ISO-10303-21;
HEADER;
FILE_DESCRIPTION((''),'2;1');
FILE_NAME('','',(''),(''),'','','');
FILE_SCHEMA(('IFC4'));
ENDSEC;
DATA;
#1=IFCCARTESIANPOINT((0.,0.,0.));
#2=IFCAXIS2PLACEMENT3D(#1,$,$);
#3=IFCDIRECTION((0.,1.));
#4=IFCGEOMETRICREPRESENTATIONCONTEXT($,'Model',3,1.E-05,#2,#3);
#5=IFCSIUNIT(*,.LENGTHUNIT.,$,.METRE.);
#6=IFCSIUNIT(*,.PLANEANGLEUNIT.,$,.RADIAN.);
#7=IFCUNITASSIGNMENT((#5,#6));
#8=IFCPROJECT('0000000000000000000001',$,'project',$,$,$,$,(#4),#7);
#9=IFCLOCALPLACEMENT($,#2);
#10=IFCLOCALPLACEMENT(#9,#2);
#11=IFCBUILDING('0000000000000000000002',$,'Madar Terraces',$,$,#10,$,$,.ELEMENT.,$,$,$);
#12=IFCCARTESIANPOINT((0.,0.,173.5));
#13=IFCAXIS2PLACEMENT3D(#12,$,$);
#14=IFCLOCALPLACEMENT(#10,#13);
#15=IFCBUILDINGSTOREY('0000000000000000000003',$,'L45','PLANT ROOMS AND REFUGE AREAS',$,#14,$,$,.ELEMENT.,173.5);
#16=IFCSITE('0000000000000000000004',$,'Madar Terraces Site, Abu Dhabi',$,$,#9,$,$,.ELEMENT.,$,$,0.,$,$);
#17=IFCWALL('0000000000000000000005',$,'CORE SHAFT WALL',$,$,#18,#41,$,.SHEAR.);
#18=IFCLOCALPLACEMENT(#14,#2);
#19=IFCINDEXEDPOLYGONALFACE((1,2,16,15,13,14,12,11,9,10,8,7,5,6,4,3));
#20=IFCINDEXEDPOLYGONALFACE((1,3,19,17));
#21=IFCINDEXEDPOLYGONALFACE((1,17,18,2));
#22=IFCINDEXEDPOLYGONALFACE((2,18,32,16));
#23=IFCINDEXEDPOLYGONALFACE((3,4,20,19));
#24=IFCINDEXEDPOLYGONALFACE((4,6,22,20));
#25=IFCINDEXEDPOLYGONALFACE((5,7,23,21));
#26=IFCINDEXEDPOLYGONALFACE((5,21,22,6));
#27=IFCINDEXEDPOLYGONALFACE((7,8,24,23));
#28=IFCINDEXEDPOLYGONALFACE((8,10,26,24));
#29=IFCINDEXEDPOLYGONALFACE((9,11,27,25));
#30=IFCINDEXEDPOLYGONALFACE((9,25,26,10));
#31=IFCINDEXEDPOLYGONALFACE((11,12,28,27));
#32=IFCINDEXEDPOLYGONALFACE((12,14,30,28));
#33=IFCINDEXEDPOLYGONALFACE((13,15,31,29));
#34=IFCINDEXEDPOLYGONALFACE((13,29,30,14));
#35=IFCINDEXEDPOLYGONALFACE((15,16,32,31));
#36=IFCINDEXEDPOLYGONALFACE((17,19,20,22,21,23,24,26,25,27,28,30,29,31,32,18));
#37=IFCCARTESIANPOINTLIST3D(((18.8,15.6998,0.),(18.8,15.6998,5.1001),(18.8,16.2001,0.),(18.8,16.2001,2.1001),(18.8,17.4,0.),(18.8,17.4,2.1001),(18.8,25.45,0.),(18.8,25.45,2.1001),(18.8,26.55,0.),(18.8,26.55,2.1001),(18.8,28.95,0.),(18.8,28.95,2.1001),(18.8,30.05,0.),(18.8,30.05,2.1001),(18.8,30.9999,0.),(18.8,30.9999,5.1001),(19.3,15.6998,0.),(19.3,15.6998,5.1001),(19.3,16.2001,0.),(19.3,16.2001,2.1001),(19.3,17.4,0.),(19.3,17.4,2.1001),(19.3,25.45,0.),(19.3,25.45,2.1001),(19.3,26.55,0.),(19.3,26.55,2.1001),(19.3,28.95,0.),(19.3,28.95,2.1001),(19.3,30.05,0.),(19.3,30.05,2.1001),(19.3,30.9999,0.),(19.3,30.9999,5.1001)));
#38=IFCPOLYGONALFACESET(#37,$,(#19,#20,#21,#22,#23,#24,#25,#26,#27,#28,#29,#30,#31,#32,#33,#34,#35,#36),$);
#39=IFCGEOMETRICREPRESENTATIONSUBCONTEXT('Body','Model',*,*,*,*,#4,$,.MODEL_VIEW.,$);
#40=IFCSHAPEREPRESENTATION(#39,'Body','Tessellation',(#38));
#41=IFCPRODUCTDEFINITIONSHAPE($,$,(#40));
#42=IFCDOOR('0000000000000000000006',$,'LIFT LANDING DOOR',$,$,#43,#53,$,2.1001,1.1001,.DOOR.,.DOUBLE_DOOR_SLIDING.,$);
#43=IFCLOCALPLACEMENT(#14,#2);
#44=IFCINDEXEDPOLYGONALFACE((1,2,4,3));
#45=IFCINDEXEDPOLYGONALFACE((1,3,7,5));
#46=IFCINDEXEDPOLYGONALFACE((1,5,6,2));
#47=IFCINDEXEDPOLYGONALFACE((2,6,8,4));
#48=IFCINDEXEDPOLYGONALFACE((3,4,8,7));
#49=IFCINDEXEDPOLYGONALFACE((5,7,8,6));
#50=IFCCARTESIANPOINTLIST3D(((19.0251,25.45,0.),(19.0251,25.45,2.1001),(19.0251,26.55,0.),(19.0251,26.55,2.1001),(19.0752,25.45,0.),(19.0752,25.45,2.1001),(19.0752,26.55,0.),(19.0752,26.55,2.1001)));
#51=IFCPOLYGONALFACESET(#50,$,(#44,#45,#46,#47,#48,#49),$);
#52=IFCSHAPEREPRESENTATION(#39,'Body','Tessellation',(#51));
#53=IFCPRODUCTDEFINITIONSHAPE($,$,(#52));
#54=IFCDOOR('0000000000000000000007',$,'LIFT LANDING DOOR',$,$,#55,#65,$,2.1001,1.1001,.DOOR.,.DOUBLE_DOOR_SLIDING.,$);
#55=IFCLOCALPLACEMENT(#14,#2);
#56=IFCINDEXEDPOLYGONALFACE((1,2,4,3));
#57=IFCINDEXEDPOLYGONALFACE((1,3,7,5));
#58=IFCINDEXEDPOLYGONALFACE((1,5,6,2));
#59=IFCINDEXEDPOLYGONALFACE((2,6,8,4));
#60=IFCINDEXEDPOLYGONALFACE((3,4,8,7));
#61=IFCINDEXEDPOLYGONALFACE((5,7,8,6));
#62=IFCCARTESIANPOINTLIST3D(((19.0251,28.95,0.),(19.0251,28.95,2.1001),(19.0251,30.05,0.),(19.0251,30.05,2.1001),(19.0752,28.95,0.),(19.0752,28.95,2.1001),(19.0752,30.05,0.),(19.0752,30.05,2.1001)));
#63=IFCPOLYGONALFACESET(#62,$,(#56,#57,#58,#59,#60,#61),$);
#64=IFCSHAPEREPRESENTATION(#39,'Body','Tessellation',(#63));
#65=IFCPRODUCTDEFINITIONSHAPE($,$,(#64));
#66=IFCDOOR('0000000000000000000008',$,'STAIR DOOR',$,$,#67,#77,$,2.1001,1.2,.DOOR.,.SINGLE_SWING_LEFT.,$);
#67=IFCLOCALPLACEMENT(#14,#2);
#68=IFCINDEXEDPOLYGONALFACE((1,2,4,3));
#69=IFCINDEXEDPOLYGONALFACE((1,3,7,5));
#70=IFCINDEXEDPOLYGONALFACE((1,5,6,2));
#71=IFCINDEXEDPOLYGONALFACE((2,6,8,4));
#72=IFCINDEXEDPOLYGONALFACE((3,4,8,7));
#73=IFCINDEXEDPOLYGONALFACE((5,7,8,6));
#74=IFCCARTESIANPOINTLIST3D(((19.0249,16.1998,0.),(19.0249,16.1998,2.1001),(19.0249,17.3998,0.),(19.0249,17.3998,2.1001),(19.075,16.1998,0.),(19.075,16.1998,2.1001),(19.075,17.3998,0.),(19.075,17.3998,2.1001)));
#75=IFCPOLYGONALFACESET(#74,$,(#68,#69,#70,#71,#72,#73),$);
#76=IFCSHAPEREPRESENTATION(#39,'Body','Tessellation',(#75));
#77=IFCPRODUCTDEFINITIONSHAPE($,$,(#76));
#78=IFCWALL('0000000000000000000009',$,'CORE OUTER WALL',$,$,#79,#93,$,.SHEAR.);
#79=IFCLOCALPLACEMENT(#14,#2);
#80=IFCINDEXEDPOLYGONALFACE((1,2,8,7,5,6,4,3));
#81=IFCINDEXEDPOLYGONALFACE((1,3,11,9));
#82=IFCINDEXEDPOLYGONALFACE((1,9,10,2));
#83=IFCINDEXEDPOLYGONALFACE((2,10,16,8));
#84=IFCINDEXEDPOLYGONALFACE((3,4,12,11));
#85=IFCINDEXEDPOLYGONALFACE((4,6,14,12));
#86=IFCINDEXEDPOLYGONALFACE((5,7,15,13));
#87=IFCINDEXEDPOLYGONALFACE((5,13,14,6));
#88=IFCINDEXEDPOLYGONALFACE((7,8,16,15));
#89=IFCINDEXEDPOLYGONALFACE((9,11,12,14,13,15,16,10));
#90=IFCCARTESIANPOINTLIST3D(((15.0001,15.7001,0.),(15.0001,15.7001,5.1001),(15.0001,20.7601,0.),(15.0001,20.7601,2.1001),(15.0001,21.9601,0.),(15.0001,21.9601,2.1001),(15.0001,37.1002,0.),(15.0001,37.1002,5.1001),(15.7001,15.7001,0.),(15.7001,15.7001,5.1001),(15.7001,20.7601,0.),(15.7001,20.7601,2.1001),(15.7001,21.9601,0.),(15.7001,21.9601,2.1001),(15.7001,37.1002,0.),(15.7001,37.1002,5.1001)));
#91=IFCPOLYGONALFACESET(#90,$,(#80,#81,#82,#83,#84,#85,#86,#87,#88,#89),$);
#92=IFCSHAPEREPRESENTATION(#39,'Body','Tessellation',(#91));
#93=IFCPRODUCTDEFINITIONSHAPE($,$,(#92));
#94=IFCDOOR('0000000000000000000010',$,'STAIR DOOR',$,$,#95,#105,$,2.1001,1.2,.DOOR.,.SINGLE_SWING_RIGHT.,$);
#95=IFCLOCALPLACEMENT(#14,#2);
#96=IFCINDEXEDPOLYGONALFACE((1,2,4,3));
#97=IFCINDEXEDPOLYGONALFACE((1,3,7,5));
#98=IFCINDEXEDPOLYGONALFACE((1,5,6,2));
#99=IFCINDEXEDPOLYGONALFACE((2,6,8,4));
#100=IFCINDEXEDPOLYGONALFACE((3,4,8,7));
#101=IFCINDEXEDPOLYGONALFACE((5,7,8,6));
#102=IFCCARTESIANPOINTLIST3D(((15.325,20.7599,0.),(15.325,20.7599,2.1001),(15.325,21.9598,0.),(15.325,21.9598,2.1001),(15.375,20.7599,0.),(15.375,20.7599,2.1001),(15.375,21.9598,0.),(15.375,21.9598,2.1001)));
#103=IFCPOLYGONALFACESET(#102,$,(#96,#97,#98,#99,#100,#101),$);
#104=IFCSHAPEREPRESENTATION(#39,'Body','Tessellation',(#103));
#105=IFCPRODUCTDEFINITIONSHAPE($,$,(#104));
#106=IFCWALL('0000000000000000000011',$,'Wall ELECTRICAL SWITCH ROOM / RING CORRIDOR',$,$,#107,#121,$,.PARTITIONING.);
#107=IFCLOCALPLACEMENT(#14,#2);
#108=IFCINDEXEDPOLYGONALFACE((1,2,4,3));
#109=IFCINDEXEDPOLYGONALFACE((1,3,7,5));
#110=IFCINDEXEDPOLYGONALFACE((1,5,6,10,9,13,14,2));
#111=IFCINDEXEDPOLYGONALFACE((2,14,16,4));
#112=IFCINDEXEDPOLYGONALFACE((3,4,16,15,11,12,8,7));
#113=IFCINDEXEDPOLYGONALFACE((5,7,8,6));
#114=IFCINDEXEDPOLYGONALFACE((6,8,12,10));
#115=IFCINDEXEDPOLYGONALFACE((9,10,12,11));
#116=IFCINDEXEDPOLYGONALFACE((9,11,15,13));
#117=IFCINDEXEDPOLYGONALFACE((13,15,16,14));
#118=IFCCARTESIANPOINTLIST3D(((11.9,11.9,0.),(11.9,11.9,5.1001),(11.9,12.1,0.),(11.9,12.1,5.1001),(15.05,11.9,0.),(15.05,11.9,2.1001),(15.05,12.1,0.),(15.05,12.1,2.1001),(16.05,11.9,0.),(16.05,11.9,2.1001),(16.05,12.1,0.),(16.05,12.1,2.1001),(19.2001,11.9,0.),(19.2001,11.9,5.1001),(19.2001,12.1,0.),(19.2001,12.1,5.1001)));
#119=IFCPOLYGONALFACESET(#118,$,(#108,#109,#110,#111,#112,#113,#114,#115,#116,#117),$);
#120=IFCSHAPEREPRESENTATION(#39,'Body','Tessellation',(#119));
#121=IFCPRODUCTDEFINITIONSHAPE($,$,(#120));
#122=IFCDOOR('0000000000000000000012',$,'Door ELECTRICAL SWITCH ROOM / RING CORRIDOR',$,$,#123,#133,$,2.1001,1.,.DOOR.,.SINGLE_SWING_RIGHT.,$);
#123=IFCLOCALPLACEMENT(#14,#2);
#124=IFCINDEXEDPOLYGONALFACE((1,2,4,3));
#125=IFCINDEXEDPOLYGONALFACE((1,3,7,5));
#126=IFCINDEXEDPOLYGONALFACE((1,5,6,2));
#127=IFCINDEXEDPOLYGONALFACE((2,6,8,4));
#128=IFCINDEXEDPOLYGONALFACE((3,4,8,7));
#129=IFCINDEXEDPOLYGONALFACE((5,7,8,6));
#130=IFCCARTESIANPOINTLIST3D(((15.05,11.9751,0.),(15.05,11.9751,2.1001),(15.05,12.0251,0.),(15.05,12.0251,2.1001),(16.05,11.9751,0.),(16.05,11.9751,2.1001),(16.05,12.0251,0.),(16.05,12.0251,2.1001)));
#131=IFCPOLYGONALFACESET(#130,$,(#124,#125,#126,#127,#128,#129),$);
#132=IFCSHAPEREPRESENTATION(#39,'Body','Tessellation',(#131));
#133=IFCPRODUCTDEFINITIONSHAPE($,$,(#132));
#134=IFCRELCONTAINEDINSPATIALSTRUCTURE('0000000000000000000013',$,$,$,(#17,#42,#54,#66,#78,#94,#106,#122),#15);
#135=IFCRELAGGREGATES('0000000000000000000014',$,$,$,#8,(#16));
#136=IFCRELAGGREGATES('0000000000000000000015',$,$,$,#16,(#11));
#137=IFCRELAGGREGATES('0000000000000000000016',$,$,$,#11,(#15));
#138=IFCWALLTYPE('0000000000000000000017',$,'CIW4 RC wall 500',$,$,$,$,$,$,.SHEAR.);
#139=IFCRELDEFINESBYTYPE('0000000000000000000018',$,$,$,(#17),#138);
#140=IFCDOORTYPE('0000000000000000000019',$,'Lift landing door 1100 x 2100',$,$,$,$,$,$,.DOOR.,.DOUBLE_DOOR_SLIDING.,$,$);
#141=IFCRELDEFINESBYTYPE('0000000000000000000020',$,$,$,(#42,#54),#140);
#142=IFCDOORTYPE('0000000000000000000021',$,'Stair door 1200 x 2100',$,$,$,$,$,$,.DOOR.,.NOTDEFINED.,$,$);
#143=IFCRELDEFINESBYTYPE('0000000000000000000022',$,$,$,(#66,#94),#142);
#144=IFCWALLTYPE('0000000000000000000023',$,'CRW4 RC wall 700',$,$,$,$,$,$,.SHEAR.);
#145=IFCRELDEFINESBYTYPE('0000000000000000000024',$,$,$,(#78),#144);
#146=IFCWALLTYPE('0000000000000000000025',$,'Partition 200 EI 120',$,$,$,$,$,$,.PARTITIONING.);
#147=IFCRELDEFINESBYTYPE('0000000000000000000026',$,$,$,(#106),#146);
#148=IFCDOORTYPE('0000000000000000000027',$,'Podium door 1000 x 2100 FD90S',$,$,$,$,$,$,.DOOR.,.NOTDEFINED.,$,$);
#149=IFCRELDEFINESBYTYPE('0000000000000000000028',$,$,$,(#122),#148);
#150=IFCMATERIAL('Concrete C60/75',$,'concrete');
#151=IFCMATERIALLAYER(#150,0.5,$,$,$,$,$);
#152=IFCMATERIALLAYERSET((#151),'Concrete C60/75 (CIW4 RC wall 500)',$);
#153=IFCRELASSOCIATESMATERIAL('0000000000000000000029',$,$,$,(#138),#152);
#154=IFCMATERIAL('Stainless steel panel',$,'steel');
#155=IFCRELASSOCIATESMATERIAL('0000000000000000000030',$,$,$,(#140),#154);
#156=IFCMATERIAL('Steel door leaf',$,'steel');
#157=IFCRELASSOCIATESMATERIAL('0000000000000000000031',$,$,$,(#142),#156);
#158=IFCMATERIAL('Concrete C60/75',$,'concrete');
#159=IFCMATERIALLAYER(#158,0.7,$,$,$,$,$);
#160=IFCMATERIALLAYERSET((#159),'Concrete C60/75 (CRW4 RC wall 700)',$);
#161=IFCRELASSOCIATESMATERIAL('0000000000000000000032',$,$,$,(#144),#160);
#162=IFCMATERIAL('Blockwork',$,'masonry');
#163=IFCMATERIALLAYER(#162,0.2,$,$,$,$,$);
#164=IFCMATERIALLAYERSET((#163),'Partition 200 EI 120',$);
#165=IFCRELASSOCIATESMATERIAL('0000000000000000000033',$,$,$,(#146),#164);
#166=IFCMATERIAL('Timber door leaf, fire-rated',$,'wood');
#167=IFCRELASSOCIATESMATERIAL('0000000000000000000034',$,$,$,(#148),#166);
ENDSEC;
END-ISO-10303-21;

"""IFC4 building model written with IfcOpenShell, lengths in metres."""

from ifc_helpers import new_model, si_unit, direction, frame, frame_2d, origin, place, context, subcontext, project, spatial, rectangle, extrude, material, layer, layer_set, type_object, element, fill, save


model = new_model("IFC4")

# Units and contexts
model_context = context("Model", 3, precision=1e-05, world=origin(), true_north=direction((0.0, 1.0)))
body_context = subcontext(model_context, "Body", "Model", "MODEL_VIEW")
ifc_project = project(units=[si_unit("LENGTHUNIT", "METRE"), si_unit("PLANEANGLEUNIT", "RADIAN")], contexts=[model_context])

# Site, building, storey
site_placement = place(None, origin())
site = spatial("IfcSite", under=ifc_project, at=site_placement, Name="Madar Terraces Site, Abu Dhabi", CompositionType="ELEMENT", RefElevation=0.0)
building_placement = place(site_placement, origin())
building = spatial("IfcBuilding", under=site, at=building_placement, Name="Madar Terraces", CompositionType="ELEMENT")
storey_placement = place(building_placement, frame((0.0, 0.0, 173.5)))
storey = spatial("IfcBuildingStorey", under=building, at=storey_placement, Name="L45", Description="PLANT ROOMS AND REFUGE AREAS", CompositionType="ELEMENT", Elevation=173.5)

# Wall, openings, doors
ifc_material_1 = material(Name="Concrete C60/75", Category="concrete")
ifc_layer_1 = layer(ifc_material_1, 0.5)
ifc_layer_set_1 = layer_set([ifc_layer_1], Name="Concrete C60/75 (CIW4 RC wall 500)")
wall_type_1 = type_object("IfcWallType", Name="CIW4 RC wall 500", PredefinedType="SHEAR", material=ifc_layer_set_1)
wall_1_placement = place(storey_placement, frame((19.05, 15.7, 0.0), z_axis=(0.0, 0.0, 1.0), x_axis=(0.0, 1.0, 0.0)))
wall_1 = element("IfcWall", 1, at=wall_1_placement, inside=storey, type_object=wall_type_1, Name="CORE SHAFT WALL", PredefinedType="SHEAR", context=body_context, shape_type="SweptSolid", body=[
    extrude(rectangle(XDim=15.3, YDim=0.5, at=frame_2d((7.6499, 0.0))), origin(), (0.0, 0.0, 1.0), 5.1001),
])
opening_1_placement = place(wall_1_placement, frame((9.75, 0.0, 0.0)))
opening_1 = element("IfcOpeningElement", 2, at=opening_1_placement, cuts=wall_1, PredefinedType="OPENING", context=body_context, shape_type="SweptSolid", body=[
    extrude(rectangle(XDim=1.1001, YDim=2.1001, at=frame_2d((0.55, 1.05))), frame((0.0, 0.26, 0.0), z_axis=(0.0, -1.0, 0.0), x_axis=(1.0, 0.0, 0.0)), (0.0, 0.0, 1.0), 0.52),
])
opening_2_placement = place(wall_1_placement, frame((13.25, 0.0, 0.0)))
opening_2 = element("IfcOpeningElement", 3, at=opening_2_placement, cuts=wall_1, PredefinedType="OPENING", context=body_context, shape_type="SweptSolid", body=[
    extrude(rectangle(XDim=1.1001, YDim=2.1001, at=frame_2d((0.55, 1.05))), frame((0.0, 0.26, 0.0), z_axis=(0.0, -1.0, 0.0), x_axis=(1.0, 0.0, 0.0)), (0.0, 0.0, 1.0), 0.52),
])
opening_3_placement = place(wall_1_placement, frame((0.5, 0.0, 0.0)))
opening_3 = element("IfcOpeningElement", 4, at=opening_3_placement, cuts=wall_1, PredefinedType="OPENING", context=body_context, shape_type="SweptSolid", body=[
    extrude(rectangle(XDim=1.2, YDim=2.1001, at=frame_2d((0.6001, 1.05))), frame((0.0, 0.26, 0.0), z_axis=(0.0, -1.0, 0.0), x_axis=(1.0, 0.0, 0.0)), (0.0, 0.0, 1.0), 0.52),
])
ifc_material_2 = material(Name="Stainless steel panel", Category="steel")
door_type_1 = type_object("IfcDoorType", Name="Lift landing door 1100 x 2100", OperationType="DOUBLE_DOOR_SLIDING", PredefinedType="DOOR", material=ifc_material_2)
door_1_placement = place(opening_1_placement, origin())
door_1 = element("IfcDoor", 5, at=door_1_placement, inside=storey, type_object=door_type_1, Name="LIFT LANDING DOOR", OperationType="DOUBLE_DOOR_SLIDING", OverallHeight=2.1001, OverallWidth=1.1001, PredefinedType="DOOR", context=body_context, shape_type="SweptSolid", body=[
    extrude(rectangle(XDim=1.1001, YDim=2.1001, at=frame_2d((0.55, 1.05))), frame((0.0, 0.0249, 0.0), z_axis=(0.0, -1.0, 0.0), x_axis=(1.0, 0.0, 0.0)), (0.0, 0.0, 1.0), 0.05),
])
fill(opening_1, door_1)
door_2_placement = place(opening_2_placement, origin())
door_2 = element("IfcDoor", 6, at=door_2_placement, inside=storey, type_object=door_type_1, Name="LIFT LANDING DOOR", OperationType="DOUBLE_DOOR_SLIDING", OverallHeight=2.1001, OverallWidth=1.1001, PredefinedType="DOOR", context=body_context, shape_type="SweptSolid", body=[
    extrude(rectangle(XDim=1.1001, YDim=2.1001, at=frame_2d((0.55, 1.05))), frame((0.0, 0.0249, 0.0), z_axis=(0.0, -1.0, 0.0), x_axis=(1.0, 0.0, 0.0)), (0.0, 0.0, 1.0), 0.05),
])
fill(opening_2, door_2)
ifc_material_3 = material(Name="Steel door leaf", Category="steel")
door_type_2 = type_object("IfcDoorType", Name="Stair door 1200 x 2100", OperationType="NOTDEFINED", PredefinedType="DOOR", material=ifc_material_3)
door_3_placement = place(opening_3_placement, frame((1.2, 0.0, 0.0), z_axis=(0.0, 0.0, 1.0), x_axis=(-1.0, 0.0, 0.0)))
door_3 = element("IfcDoor", 7, at=door_3_placement, inside=storey, type_object=door_type_2, Name="STAIR DOOR", OperationType="SINGLE_SWING_LEFT", OverallHeight=2.1001, OverallWidth=1.2, PredefinedType="DOOR", context=body_context, shape_type="SweptSolid", body=[
    extrude(rectangle(XDim=1.2, YDim=2.1001, at=frame_2d((0.6001, 1.05))), frame((0.0, 0.0249, 0.0), z_axis=(0.0, -1.0, 0.0), x_axis=(1.0, 0.0, 0.0)), (0.0, 0.0, 1.0), 0.05),
])
fill(opening_3, door_3)

# Walls, openings, doors
ifc_material_4 = material(Name="Concrete C60/75", Category="concrete")
ifc_layer_2 = layer(ifc_material_4, 0.7)
ifc_layer_set_2 = layer_set([ifc_layer_2], Name="Concrete C60/75 (CRW4 RC wall 700)")
wall_type_2 = type_object("IfcWallType", Name="CRW4 RC wall 700", PredefinedType="SHEAR", material=ifc_layer_set_2)
wall_2_placement = place(storey_placement, frame((15.3501, 15.7, 0.0), z_axis=(0.0, 0.0, 1.0), x_axis=(0.0, 1.0, 0.0)))
wall_2 = element("IfcWall", 8, at=wall_2_placement, inside=storey, type_object=wall_type_2, Name="CORE OUTER WALL", PredefinedType="SHEAR", context=body_context, shape_type="SweptSolid", body=[
    extrude(rectangle(XDim=21.4001, YDim=0.7, at=frame_2d((10.7002, 0.0))), origin(), (0.0, 0.0, 1.0), 5.1001),
])
opening_4_placement = place(wall_2_placement, frame((5.0601, 0.0, 0.0)))
opening_4 = element("IfcOpeningElement", 9, at=opening_4_placement, cuts=wall_2, PredefinedType="OPENING", context=body_context, shape_type="SweptSolid", body=[
    extrude(rectangle(XDim=1.2, YDim=2.1001, at=frame_2d((0.6001, 1.05))), frame((0.0, 0.3599, 0.0), z_axis=(0.0, -1.0, 0.0), x_axis=(1.0, 0.0, 0.0)), (0.0, 0.0, 1.0), 0.72),
])
door_4_placement = place(opening_4_placement, frame((1.2, 0.0, 0.0), z_axis=(0.0, 0.0, 1.0), x_axis=(-1.0, 0.0, 0.0)))
door_4 = element("IfcDoor", 10, at=door_4_placement, inside=storey, type_object=door_type_2, Name="STAIR DOOR", OperationType="SINGLE_SWING_RIGHT", OverallHeight=2.1001, OverallWidth=1.2, PredefinedType="DOOR", context=body_context, shape_type="SweptSolid", body=[
    extrude(rectangle(XDim=1.2, YDim=2.1001, at=frame_2d((0.6001, 1.05))), frame((0.0, 0.0249, 0.0), z_axis=(0.0, -1.0, 0.0), x_axis=(1.0, 0.0, 0.0)), (0.0, 0.0, 1.0), 0.05),
])
fill(opening_4, door_4)
ifc_material_5 = material(Name="Blockwork", Category="masonry")
ifc_layer_3 = layer(ifc_material_5, 0.2)
ifc_layer_set_3 = layer_set([ifc_layer_3], Name="Partition 200 EI 120")
wall_type_3 = type_object("IfcWallType", Name="Partition 200 EI 120", PredefinedType="PARTITIONING", material=ifc_layer_set_3)
wall_3_placement = place(storey_placement, frame((19.2, 12.0, 0.0), z_axis=(0.0, 0.0, 1.0), x_axis=(-1.0, 0.0, 0.0)))
wall_3 = element("IfcWall", 11, at=wall_3_placement, inside=storey, type_object=wall_type_3, Name="Wall ELECTRICAL SWITCH ROOM / RING CORRIDOR", PredefinedType="PARTITIONING", context=body_context, shape_type="SweptSolid", body=[
    extrude(rectangle(XDim=7.3, YDim=0.2, at=frame_2d((3.6499, 0.0))), origin(), (0.0, 0.0, 1.0), 5.1001),
])
opening_5_placement = place(wall_3_placement, frame((3.1499, 0.0, 0.0)))
opening_5 = element("IfcOpeningElement", 12, at=opening_5_placement, cuts=wall_3, PredefinedType="OPENING", context=body_context, shape_type="SweptSolid", body=[
    extrude(rectangle(XDim=1.0, YDim=2.1001, at=frame_2d((0.5, 1.05))), frame((0.0, 0.1099, 0.0), z_axis=(0.0, -1.0, 0.0), x_axis=(1.0, 0.0, 0.0)), (0.0, 0.0, 1.0), 0.22),
])
ifc_material_6 = material(Name="Timber door leaf, fire-rated", Category="wood")
door_type_3 = type_object("IfcDoorType", Name="Podium door 1000 x 2100 FD90S", OperationType="NOTDEFINED", PredefinedType="DOOR", material=ifc_material_6)
door_5_placement = place(opening_5_placement, origin())
door_5 = element("IfcDoor", 13, at=door_5_placement, inside=storey, type_object=door_type_3, Name="Door ELECTRICAL SWITCH ROOM / RING CORRIDOR", OperationType="SINGLE_SWING_RIGHT", OverallHeight=2.1001, OverallWidth=1.0, PredefinedType="DOOR", context=body_context, shape_type="SweptSolid", body=[
    extrude(rectangle(XDim=1.0, YDim=2.1001, at=frame_2d((0.5, 1.05))), frame((0.0, 0.0249, 0.0), z_axis=(0.0, -1.0, 0.0), x_axis=(1.0, 0.0, 0.0)), (0.0, 0.0, 1.0), 0.05),
])
fill(opening_5, door_5)

save(model, "model.ifc")
